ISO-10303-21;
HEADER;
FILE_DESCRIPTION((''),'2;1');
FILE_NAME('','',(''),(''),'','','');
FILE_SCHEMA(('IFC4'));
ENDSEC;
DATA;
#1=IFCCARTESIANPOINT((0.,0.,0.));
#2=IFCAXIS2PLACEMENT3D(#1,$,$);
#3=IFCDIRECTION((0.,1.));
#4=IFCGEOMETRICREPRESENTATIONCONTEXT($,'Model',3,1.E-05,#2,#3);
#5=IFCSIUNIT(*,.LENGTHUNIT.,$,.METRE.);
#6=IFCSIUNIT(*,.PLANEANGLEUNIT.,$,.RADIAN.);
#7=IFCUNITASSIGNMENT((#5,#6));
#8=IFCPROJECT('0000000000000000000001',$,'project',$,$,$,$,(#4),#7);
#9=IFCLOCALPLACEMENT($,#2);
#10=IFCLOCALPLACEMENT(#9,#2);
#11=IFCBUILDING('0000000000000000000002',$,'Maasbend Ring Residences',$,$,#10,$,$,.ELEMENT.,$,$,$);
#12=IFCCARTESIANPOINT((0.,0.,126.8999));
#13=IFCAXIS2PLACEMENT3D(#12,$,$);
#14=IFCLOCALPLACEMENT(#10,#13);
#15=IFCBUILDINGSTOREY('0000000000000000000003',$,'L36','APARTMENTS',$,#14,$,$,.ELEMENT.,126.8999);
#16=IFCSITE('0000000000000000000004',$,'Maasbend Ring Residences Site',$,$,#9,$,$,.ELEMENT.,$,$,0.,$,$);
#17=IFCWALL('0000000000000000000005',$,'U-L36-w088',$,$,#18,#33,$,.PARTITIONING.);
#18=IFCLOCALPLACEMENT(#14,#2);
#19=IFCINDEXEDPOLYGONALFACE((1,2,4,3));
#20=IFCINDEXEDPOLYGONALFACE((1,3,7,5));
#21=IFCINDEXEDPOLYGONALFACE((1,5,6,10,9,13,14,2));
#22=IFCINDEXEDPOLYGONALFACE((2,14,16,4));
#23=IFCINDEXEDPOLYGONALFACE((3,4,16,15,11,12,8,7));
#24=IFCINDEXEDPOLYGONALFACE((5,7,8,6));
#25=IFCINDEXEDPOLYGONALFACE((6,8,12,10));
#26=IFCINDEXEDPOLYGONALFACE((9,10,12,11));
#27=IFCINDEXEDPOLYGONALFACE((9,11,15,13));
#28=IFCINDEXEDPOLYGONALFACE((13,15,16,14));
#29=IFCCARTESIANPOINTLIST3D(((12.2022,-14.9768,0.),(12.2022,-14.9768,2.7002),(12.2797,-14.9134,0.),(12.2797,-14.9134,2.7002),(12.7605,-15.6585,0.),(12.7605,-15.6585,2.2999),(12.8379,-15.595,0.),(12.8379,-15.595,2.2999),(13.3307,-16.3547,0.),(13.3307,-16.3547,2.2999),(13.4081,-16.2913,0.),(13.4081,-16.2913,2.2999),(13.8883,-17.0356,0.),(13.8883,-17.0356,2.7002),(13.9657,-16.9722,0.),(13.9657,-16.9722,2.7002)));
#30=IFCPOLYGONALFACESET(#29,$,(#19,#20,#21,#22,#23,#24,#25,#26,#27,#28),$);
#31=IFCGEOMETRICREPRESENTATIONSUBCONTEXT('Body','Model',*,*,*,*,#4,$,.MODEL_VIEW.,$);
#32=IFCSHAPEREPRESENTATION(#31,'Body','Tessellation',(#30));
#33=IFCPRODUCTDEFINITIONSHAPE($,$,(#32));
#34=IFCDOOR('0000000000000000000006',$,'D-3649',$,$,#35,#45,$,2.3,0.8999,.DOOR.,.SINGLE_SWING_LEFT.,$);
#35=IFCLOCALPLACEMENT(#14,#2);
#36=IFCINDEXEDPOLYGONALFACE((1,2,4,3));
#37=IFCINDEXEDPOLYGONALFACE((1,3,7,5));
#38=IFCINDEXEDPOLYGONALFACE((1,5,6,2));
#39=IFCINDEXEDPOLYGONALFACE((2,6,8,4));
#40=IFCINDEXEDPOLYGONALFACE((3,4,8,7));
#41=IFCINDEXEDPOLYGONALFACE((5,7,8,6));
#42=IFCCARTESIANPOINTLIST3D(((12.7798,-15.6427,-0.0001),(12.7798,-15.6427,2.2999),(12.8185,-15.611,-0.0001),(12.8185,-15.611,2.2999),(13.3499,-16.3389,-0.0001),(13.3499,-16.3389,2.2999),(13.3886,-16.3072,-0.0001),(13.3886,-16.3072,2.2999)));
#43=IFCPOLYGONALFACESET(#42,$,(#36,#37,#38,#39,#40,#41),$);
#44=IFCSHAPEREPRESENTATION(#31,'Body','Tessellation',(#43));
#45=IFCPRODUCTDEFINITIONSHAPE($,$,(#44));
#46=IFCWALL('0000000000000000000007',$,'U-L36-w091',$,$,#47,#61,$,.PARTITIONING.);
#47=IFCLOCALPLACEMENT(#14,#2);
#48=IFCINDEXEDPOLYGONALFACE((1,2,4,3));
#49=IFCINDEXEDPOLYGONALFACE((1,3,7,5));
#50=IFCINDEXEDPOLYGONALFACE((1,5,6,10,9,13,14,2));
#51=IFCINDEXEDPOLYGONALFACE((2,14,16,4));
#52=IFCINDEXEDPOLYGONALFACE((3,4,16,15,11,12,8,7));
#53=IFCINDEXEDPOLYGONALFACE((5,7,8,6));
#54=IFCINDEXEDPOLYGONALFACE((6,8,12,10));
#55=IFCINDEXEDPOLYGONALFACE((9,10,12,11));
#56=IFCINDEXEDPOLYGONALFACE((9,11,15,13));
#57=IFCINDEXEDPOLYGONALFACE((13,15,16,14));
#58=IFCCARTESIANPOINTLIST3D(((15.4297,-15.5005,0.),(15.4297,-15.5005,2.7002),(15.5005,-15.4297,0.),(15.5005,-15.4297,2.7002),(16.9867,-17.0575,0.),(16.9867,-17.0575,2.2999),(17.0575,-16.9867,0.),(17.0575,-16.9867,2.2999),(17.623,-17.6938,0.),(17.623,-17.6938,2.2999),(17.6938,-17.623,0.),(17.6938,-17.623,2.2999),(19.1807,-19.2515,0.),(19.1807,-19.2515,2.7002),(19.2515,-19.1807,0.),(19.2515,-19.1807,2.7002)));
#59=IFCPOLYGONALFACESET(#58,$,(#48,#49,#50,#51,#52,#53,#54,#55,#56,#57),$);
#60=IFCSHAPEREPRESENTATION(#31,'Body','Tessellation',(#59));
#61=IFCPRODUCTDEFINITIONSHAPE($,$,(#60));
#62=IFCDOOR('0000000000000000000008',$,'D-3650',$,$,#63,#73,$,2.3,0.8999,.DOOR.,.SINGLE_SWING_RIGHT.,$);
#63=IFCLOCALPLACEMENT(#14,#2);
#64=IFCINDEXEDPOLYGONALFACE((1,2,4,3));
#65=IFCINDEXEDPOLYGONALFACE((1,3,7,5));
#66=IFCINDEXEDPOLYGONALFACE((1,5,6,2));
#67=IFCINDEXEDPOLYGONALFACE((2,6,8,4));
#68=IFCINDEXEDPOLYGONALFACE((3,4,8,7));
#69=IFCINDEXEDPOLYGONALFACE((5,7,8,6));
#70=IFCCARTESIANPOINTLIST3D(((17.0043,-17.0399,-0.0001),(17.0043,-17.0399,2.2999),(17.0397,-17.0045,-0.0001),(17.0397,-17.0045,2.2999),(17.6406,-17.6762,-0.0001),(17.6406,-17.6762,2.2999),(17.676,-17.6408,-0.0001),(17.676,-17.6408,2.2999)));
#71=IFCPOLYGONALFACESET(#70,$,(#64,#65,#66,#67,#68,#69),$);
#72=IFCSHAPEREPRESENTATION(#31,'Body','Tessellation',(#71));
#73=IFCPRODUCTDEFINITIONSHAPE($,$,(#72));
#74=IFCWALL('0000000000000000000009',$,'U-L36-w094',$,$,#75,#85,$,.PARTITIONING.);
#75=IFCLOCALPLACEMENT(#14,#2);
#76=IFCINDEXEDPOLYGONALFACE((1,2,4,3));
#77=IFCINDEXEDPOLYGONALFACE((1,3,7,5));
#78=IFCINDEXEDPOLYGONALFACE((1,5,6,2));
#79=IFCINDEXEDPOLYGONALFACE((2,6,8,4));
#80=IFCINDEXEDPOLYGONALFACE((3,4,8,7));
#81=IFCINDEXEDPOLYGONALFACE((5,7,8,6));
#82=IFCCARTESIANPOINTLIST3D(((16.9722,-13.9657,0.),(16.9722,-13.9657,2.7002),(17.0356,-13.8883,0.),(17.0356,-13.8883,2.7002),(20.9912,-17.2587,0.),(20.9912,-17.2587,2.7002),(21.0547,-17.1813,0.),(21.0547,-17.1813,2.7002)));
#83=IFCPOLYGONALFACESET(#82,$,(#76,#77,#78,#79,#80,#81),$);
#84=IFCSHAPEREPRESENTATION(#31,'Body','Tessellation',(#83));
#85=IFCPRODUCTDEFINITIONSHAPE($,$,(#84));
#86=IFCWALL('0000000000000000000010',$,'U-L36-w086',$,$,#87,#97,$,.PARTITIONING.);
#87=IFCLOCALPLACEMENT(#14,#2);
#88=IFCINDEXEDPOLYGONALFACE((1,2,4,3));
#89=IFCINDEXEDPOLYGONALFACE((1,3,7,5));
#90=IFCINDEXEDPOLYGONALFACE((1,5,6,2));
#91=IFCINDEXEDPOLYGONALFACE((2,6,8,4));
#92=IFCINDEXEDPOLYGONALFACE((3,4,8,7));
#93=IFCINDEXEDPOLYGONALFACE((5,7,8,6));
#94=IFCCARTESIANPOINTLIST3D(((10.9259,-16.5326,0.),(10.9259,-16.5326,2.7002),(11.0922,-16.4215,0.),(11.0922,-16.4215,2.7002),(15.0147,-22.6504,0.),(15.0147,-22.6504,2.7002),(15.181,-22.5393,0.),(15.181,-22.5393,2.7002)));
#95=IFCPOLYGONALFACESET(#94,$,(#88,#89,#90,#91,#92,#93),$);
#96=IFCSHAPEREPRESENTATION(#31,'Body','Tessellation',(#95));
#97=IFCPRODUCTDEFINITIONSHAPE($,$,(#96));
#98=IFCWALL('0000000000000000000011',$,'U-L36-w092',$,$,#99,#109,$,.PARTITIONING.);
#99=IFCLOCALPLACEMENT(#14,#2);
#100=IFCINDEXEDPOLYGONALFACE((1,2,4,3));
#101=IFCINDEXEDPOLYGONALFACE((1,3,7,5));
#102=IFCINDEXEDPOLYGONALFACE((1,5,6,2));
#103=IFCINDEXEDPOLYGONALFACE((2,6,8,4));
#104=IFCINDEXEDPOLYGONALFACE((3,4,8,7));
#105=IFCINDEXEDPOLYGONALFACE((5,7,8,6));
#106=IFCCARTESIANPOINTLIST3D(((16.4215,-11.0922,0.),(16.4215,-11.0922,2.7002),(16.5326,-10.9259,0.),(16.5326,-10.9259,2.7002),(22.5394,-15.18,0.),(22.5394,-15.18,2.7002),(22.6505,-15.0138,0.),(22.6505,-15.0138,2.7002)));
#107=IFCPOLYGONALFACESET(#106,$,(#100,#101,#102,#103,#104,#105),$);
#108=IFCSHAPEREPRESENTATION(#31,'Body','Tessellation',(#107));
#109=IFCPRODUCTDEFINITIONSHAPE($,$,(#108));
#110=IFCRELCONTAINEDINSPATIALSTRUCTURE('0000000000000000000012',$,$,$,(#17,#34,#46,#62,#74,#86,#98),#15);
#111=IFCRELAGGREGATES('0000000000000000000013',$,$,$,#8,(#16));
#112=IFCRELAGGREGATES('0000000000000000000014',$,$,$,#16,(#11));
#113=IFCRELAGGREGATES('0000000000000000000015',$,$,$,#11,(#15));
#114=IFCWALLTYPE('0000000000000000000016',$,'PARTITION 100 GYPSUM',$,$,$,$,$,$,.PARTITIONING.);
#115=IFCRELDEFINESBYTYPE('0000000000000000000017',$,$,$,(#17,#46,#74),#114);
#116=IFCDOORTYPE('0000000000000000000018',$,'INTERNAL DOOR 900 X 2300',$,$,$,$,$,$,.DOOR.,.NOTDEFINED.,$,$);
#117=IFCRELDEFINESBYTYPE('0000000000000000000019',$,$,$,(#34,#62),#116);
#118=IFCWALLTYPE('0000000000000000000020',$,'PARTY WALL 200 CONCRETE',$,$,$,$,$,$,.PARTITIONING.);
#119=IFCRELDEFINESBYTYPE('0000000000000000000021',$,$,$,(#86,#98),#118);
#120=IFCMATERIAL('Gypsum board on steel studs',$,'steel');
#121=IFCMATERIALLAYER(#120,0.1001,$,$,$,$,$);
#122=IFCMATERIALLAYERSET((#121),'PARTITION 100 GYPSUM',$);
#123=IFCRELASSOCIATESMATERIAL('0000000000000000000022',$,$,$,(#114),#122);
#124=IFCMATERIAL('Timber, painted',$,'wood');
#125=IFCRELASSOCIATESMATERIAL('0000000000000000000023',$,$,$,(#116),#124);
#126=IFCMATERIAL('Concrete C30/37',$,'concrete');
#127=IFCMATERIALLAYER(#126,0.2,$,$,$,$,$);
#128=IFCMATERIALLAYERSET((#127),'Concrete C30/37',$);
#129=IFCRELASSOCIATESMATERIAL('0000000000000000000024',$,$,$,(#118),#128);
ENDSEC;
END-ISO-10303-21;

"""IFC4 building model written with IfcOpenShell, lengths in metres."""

from ifc_helpers import new_model, si_unit, direction, frame, frame_2d, origin, place, context, subcontext, project, spatial, rectangle, extrude, material, layer, layer_set, type_object, element, fill, save


model = new_model("IFC4")

# Units and contexts
model_context = context("Model", 3, precision=1e-05, world=origin(), true_north=direction((0.0, 1.0)))
body_context = subcontext(model_context, "Body", "Model", "MODEL_VIEW")
ifc_project = project(units=[si_unit("LENGTHUNIT", "METRE"), si_unit("PLANEANGLEUNIT", "RADIAN")], contexts=[model_context])

# Site, building, storey
site_placement = place(None, origin())
site = spatial("IfcSite", under=ifc_project, at=site_placement, Name="Maasbend Ring Residences Site", CompositionType="ELEMENT", RefElevation=0.0)
building_placement = place(site_placement, origin())
building = spatial("IfcBuilding", under=site, at=building_placement, Name="Maasbend Ring Residences", CompositionType="ELEMENT")
storey_placement = place(building_placement, frame((0.0, 0.0, 126.8999)))
storey = spatial("IfcBuildingStorey", under=building, at=storey_placement, Name="L36", Description="APARTMENTS", CompositionType="ELEMENT", Elevation=126.8999)

# Walls, openings, doors
ifc_material_1 = material(Name="Gypsum board on steel studs", Category="steel")
ifc_layer_1 = layer(ifc_material_1, 0.1001)
ifc_layer_set_1 = layer_set([ifc_layer_1], Name="PARTITION 100 GYPSUM")
wall_type_1 = type_object("IfcWallType", Name="PARTITION 100 GYPSUM", PredefinedType="PARTITIONING", material=ifc_layer_set_1)
ifc_material_2 = material(Name="Timber, painted", Category="wood")
door_type_1 = type_object("IfcDoorType", Name="INTERNAL DOOR 900 X 2300", OperationType="NOTDEFINED", PredefinedType="DOOR", material=ifc_material_2)
wall_1_placement = place(storey_placement, frame((12.241, -14.9451, 0.0), z_axis=(0.0, 0.0, 1.0), x_axis=(0.633582, -0.773675, 0.0)))
wall_1 = element("IfcWall", 1, at=wall_1_placement, inside=storey, type_object=wall_type_1, Name="U-L36-w088", PredefinedType="PARTITIONING", context=body_context, shape_type="SweptSolid", body=[
    extrude(rectangle(XDim=2.6611, YDim=0.1001, at=frame_2d((1.3306, 0.0))), origin(), (0.0, 0.0, 1.0), 2.7002),
])
opening_1_placement = place(wall_1_placement, frame((0.8811, 0.0, 0.0)))
opening_1 = element("IfcOpeningElement", 2, at=opening_1_placement, cuts=wall_1, PredefinedType="OPENING", context=body_context, shape_type="SweptSolid", body=[
    extrude(rectangle(XDim=0.8999, YDim=2.3, at=frame_2d((0.45, 1.1499))), frame((0.0, 0.0601, 0.0), z_axis=(0.0, -1.0, 0.0), x_axis=(1.0, 0.0, 0.0)), (0.0, 0.0, 1.0), 0.1201),
])
door_1_placement = place(opening_1_placement, origin())
door_1 = element("IfcDoor", 3, at=door_1_placement, inside=storey, type_object=door_type_1, Name="D-3649", OperationType="SINGLE_SWING_LEFT", OverallHeight=2.3, OverallWidth=0.8999, PredefinedType="DOOR", context=body_context, shape_type="SweptSolid", body=[
    extrude(rectangle(XDim=0.8999, YDim=2.3, at=frame_2d((0.45, 1.1499))), frame((0.0, 0.0249, 0.0), z_axis=(0.0, -1.0, 0.0), x_axis=(1.0, 0.0, 0.0)), (0.0, 0.0, 1.0), 0.05),
])
fill(opening_1, door_1)
wall_2_placement = place(storey_placement, frame((15.4651, -15.4651, 0.0), z_axis=(0.0, 0.0, 1.0), x_axis=(0.707107, -0.707107, 0.0)))
wall_2 = element("IfcWall", 4, at=wall_2_placement, inside=storey, type_object=wall_type_1, Name="U-L36-w091", PredefinedType="PARTITIONING", context=body_context, shape_type="SweptSolid", body=[
    extrude(rectangle(XDim=5.3047, YDim=0.1001, at=frame_2d((2.6523, 0.0))), origin(), (0.0, 0.0, 1.0), 2.7002),
])
opening_2_placement = place(wall_2_placement, frame((2.2019, 0.0, 0.0)))
opening_2 = element("IfcOpeningElement", 5, at=opening_2_placement, cuts=wall_2, PredefinedType="OPENING", context=body_context, shape_type="SweptSolid", body=[
    extrude(rectangle(XDim=0.8999, YDim=2.3, at=frame_2d((0.45, 1.1499))), frame((0.0, 0.0601, 0.0), z_axis=(0.0, -1.0, 0.0), x_axis=(1.0, 0.0, 0.0)), (0.0, 0.0, 1.0), 0.1201),
])
door_2_placement = place(opening_2_placement, origin())
door_2 = element("IfcDoor", 6, at=door_2_placement, inside=storey, type_object=door_type_1, Name="D-3650", OperationType="SINGLE_SWING_RIGHT", OverallHeight=2.3, OverallWidth=0.8999, PredefinedType="DOOR", context=body_context, shape_type="SweptSolid", body=[
    extrude(rectangle(XDim=0.8999, YDim=2.3, at=frame_2d((0.45, 1.1499))), frame((0.0, 0.0249, 0.0), z_axis=(0.0, -1.0, 0.0), x_axis=(1.0, 0.0, 0.0)), (0.0, 0.0, 1.0), 0.05),
])
fill(opening_2, door_2)

# Walls
wall_3_placement = place(storey_placement, frame((17.0039, -13.927, 0.0), z_axis=(0.0, 0.0, 1.0), x_axis=(0.773517, -0.633775, 0.0)))
element("IfcWall", 7, at=wall_3_placement, inside=storey, type_object=wall_type_1, Name="U-L36-w094", PredefinedType="PARTITIONING", context=body_context, shape_type="SweptSolid", body=[
    extrude(rectangle(XDim=5.1958, YDim=0.1001, at=frame_2d((2.5979, 0.0))), origin(), (0.0, 0.0, 1.0), 2.7002),
])
ifc_material_3 = material(Name="Concrete C30/37", Category="concrete")
ifc_layer_2 = layer(ifc_material_3, 0.2)
ifc_layer_set_2 = layer_set([ifc_layer_2], Name="Concrete C30/37")
wall_type_2 = type_object("IfcWallType", Name="PARTY WALL 200 CONCRETE", PredefinedType="PARTITIONING", material=ifc_layer_set_2)
wall_4_placement = place(storey_placement, frame((11.009, -16.4771, 0.0), z_axis=(0.0, 0.0, 1.0), x_axis=(0.555665, -0.831407, 0.0)))
element("IfcWall", 8, at=wall_4_placement, inside=storey, type_object=wall_type_2, Name="U-L36-w086", PredefinedType="PARTITIONING", context=body_context, shape_type="SweptSolid", body=[
    extrude(rectangle(XDim=7.3584, YDim=0.2, at=frame_2d((3.6792, 0.0))), origin(), (0.0, 0.0, 1.0), 2.7002),
])
wall_5_placement = place(storey_placement, frame((16.4771, -11.009, 0.0), z_axis=(0.0, 0.0, 1.0), x_axis=(0.831468, -0.555573, 0.0)))
element("IfcWall", 9, at=wall_5_placement, inside=storey, type_object=wall_type_2, Name="U-L36-w092", PredefinedType="PARTITIONING", context=body_context, shape_type="SweptSolid", body=[
    extrude(rectangle(XDim=7.3579, YDim=0.2, at=frame_2d((3.679, 0.0))), origin(), (0.0, 0.0, 1.0), 2.7002),
])

save(model, "model.ifc")
